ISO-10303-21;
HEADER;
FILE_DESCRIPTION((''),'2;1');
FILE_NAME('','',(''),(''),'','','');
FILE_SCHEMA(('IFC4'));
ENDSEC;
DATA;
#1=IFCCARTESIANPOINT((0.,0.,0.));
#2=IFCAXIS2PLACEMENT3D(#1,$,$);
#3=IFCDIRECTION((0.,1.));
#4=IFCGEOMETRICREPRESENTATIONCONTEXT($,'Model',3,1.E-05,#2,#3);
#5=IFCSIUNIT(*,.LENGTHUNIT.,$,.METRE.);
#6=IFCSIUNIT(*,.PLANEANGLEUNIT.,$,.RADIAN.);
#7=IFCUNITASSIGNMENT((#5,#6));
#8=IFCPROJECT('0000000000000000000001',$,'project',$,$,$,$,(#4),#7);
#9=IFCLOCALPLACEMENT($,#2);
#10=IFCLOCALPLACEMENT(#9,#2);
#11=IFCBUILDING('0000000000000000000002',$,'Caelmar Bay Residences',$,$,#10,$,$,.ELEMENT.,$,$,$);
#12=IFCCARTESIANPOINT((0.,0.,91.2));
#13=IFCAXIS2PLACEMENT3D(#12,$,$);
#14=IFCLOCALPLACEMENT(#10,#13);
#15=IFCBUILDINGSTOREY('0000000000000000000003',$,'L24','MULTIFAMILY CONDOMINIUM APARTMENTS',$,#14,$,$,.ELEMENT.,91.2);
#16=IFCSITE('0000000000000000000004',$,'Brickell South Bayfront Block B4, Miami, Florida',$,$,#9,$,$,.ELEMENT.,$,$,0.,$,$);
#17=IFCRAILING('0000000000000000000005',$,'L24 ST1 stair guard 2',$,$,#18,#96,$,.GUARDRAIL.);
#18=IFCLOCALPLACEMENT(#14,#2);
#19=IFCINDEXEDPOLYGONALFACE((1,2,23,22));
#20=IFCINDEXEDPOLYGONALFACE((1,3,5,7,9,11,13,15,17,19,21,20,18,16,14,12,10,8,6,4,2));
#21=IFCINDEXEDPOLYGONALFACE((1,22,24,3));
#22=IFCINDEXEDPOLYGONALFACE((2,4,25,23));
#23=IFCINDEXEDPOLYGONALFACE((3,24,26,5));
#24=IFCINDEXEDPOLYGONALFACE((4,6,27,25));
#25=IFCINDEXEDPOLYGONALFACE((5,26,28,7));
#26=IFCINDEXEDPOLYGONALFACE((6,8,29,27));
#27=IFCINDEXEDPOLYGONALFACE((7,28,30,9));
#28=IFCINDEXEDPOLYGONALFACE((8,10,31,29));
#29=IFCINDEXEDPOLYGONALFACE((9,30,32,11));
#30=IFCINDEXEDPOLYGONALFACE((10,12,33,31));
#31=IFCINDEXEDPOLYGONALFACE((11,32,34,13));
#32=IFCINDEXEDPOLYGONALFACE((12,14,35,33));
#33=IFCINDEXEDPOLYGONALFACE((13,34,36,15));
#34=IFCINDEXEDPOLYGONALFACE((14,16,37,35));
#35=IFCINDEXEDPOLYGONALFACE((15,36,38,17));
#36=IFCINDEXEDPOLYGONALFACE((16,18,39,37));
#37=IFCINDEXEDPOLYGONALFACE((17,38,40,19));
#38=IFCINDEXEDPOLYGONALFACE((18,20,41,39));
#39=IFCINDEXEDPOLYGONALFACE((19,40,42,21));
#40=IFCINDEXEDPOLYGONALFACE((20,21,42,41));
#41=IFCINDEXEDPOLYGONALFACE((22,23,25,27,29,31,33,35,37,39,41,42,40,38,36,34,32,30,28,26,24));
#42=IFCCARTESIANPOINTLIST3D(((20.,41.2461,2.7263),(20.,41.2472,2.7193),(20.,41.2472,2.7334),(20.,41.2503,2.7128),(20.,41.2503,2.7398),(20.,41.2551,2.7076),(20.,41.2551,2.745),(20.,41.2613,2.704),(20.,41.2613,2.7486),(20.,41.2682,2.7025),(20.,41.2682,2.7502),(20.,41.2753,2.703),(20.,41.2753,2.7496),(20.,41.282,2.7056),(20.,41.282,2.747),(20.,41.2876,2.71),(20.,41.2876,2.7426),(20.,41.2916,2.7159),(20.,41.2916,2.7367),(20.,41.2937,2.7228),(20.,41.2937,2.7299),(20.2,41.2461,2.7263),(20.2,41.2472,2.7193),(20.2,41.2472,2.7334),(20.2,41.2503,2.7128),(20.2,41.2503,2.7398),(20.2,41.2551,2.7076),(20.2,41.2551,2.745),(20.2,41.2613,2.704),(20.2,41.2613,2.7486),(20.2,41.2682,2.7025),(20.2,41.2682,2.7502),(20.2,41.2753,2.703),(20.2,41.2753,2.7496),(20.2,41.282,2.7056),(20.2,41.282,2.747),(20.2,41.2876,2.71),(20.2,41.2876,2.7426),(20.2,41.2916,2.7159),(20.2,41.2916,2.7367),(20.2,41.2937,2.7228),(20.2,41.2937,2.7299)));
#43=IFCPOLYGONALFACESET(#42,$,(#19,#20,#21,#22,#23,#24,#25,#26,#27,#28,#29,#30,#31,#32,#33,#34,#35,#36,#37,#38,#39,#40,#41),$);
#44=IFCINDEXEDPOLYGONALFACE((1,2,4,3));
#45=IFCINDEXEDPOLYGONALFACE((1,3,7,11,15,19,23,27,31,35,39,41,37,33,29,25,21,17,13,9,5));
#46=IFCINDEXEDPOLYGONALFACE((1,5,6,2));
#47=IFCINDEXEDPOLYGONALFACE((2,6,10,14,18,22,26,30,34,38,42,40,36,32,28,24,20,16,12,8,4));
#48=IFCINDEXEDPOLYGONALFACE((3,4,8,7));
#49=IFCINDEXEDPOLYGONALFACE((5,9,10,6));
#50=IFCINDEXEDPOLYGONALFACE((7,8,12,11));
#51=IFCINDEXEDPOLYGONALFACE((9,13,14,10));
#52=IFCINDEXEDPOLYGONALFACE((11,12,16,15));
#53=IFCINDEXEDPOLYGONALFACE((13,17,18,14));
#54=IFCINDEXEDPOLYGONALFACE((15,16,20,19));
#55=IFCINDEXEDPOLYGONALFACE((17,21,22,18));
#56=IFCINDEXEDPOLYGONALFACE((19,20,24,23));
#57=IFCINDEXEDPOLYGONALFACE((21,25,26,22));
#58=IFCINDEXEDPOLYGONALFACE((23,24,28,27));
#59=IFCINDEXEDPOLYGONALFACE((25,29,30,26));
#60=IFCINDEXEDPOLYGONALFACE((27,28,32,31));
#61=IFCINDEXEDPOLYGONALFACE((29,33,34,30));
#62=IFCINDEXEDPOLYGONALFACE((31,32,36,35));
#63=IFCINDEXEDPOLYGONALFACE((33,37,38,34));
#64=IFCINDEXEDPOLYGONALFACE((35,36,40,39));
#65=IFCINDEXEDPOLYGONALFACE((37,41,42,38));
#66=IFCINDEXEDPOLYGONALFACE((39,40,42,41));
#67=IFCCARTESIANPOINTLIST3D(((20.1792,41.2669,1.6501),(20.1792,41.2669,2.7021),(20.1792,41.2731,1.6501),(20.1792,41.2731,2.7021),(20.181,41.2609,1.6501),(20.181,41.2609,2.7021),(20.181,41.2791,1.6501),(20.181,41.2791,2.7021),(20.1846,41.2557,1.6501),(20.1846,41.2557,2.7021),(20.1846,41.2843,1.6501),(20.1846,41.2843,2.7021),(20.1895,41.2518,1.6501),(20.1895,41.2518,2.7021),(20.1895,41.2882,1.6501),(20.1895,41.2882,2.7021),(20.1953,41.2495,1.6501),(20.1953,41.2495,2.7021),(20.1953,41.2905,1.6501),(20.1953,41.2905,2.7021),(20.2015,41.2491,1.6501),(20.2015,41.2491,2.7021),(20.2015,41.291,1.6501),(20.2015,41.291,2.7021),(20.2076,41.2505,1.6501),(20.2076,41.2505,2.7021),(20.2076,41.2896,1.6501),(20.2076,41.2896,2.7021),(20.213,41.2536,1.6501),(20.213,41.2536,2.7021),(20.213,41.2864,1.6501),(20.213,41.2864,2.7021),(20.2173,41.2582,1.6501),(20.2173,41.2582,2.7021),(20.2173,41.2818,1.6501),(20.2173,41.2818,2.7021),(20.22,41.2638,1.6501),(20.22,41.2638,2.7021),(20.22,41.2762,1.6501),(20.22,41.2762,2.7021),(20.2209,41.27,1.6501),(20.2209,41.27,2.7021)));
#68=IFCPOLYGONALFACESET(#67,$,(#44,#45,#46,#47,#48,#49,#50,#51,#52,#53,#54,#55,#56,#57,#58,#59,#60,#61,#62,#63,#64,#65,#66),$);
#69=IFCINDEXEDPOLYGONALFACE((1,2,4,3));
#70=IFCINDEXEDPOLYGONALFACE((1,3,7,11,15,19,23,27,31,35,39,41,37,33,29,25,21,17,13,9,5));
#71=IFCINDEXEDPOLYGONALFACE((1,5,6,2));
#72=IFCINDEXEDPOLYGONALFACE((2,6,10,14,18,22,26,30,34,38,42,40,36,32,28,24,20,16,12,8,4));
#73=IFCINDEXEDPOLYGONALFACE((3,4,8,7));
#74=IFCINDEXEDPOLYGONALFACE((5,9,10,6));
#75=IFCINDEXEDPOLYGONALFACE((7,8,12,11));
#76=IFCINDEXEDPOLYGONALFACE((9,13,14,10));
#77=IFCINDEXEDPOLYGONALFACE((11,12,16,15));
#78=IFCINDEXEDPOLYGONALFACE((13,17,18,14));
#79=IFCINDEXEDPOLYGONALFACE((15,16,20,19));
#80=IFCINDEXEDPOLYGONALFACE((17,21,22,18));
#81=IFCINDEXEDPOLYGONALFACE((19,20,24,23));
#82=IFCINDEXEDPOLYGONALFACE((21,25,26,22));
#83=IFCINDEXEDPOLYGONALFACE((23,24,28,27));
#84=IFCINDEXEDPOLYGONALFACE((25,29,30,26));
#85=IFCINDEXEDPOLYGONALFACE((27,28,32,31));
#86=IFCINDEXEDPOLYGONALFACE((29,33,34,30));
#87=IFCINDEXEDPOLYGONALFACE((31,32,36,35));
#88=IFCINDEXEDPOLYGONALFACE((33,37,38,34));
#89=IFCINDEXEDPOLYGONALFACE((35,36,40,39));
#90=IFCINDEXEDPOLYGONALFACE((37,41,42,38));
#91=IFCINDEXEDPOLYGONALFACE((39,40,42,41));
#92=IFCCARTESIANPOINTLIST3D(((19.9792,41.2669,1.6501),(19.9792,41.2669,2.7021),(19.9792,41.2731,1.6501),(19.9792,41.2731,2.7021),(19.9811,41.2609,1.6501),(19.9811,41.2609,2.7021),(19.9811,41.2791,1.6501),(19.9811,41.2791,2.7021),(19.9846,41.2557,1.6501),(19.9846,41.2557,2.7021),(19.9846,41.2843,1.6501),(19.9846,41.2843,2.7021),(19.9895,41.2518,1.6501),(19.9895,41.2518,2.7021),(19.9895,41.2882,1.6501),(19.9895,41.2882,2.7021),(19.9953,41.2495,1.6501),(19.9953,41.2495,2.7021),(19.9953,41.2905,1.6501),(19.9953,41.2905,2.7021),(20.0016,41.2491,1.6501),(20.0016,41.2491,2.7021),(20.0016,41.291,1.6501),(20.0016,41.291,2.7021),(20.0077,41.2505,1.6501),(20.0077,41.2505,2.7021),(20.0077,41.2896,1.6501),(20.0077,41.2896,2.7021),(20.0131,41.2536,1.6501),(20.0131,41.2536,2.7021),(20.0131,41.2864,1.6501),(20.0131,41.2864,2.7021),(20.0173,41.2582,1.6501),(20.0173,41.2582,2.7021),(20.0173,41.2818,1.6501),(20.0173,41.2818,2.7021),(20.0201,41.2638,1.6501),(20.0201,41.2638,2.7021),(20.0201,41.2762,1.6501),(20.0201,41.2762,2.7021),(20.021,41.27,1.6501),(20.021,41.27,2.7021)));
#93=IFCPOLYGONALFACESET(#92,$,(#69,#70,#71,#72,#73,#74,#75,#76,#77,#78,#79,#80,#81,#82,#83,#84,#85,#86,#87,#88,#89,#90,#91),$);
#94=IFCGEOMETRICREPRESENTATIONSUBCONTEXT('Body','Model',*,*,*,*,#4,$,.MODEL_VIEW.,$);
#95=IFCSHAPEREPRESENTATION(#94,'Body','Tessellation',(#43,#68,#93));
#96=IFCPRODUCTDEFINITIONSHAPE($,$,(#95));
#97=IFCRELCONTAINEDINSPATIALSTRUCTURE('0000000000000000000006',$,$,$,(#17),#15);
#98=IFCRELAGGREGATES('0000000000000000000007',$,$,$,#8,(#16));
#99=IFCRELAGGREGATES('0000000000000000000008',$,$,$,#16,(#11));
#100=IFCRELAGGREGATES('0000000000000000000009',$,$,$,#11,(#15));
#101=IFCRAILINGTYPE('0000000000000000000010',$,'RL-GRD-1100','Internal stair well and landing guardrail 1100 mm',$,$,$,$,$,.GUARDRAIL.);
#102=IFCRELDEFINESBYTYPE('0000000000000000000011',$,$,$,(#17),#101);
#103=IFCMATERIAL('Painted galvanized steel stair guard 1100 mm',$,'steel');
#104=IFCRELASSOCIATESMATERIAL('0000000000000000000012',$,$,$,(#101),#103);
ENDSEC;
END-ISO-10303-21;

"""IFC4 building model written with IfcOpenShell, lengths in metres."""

from ifc_helpers import new_model, si_unit, direction, frame, origin, origin_2d, place, context, subcontext, project, spatial, circle, extrude, material, type_object, element, save


model = new_model("IFC4")

# Units and contexts
model_context = context("Model", 3, precision=1e-05, world=origin(), true_north=direction((0.0, 1.0)))
body_context = subcontext(model_context, "Body", "Model", "MODEL_VIEW")
ifc_project = project(units=[si_unit("LENGTHUNIT", "METRE"), si_unit("PLANEANGLEUNIT", "RADIAN")], contexts=[model_context])

# Site, building, storey
site_placement = place(None, origin())
site = spatial("IfcSite", under=ifc_project, at=site_placement, Name="Brickell South Bayfront Block B4, Miami, Florida", CompositionType="ELEMENT", RefElevation=0.0)
building_placement = place(site_placement, origin())
building = spatial("IfcBuilding", under=site, at=building_placement, Name="Caelmar Bay Residences", CompositionType="ELEMENT")
storey_placement = place(building_placement, frame((0.0, 0.0, 91.2)))
storey = spatial("IfcBuildingStorey", under=building, at=storey_placement, Name="L24", Description="MULTIFAMILY CONDOMINIUM APARTMENTS", CompositionType="ELEMENT", Elevation=91.2)

# Railing
ifc_material_1 = material(Name="Painted galvanized steel stair guard 1100 mm", Category="steel")
railing_type_1 = type_object("IfcRailingType", Name="RL-GRD-1100", Description="Internal stair well and landing guardrail 1100 mm", PredefinedType="GUARDRAIL", material=ifc_material_1)
railing_1_placement = place(storey_placement, frame((20.2, 41.27, 1.6501)))
element("IfcRailing", 1, at=railing_1_placement, inside=storey, type_object=railing_type_1, Name="L24 ST1 stair guard 2", PredefinedType="GUARDRAIL", context=body_context, shape_type="SweptSolid", body=[
    extrude(circle(Radius=0.0239, at=origin_2d()), frame((0.0, 0.0, 1.0762), z_axis=(-1.0, 0.0, 0.0), x_axis=(0.0, -1.0, 0.0)), (0.0, 0.0, 1.0), 0.2),
    extrude(circle(Radius=0.021, at=origin_2d()), origin(), (0.0, 0.0, 1.0), 1.052),
    extrude(circle(Radius=0.021, at=origin_2d()), frame((-0.2, 0.0, 0.0)), (0.0, 0.0, 1.0), 1.052),
])

save(model, "model.ifc")
